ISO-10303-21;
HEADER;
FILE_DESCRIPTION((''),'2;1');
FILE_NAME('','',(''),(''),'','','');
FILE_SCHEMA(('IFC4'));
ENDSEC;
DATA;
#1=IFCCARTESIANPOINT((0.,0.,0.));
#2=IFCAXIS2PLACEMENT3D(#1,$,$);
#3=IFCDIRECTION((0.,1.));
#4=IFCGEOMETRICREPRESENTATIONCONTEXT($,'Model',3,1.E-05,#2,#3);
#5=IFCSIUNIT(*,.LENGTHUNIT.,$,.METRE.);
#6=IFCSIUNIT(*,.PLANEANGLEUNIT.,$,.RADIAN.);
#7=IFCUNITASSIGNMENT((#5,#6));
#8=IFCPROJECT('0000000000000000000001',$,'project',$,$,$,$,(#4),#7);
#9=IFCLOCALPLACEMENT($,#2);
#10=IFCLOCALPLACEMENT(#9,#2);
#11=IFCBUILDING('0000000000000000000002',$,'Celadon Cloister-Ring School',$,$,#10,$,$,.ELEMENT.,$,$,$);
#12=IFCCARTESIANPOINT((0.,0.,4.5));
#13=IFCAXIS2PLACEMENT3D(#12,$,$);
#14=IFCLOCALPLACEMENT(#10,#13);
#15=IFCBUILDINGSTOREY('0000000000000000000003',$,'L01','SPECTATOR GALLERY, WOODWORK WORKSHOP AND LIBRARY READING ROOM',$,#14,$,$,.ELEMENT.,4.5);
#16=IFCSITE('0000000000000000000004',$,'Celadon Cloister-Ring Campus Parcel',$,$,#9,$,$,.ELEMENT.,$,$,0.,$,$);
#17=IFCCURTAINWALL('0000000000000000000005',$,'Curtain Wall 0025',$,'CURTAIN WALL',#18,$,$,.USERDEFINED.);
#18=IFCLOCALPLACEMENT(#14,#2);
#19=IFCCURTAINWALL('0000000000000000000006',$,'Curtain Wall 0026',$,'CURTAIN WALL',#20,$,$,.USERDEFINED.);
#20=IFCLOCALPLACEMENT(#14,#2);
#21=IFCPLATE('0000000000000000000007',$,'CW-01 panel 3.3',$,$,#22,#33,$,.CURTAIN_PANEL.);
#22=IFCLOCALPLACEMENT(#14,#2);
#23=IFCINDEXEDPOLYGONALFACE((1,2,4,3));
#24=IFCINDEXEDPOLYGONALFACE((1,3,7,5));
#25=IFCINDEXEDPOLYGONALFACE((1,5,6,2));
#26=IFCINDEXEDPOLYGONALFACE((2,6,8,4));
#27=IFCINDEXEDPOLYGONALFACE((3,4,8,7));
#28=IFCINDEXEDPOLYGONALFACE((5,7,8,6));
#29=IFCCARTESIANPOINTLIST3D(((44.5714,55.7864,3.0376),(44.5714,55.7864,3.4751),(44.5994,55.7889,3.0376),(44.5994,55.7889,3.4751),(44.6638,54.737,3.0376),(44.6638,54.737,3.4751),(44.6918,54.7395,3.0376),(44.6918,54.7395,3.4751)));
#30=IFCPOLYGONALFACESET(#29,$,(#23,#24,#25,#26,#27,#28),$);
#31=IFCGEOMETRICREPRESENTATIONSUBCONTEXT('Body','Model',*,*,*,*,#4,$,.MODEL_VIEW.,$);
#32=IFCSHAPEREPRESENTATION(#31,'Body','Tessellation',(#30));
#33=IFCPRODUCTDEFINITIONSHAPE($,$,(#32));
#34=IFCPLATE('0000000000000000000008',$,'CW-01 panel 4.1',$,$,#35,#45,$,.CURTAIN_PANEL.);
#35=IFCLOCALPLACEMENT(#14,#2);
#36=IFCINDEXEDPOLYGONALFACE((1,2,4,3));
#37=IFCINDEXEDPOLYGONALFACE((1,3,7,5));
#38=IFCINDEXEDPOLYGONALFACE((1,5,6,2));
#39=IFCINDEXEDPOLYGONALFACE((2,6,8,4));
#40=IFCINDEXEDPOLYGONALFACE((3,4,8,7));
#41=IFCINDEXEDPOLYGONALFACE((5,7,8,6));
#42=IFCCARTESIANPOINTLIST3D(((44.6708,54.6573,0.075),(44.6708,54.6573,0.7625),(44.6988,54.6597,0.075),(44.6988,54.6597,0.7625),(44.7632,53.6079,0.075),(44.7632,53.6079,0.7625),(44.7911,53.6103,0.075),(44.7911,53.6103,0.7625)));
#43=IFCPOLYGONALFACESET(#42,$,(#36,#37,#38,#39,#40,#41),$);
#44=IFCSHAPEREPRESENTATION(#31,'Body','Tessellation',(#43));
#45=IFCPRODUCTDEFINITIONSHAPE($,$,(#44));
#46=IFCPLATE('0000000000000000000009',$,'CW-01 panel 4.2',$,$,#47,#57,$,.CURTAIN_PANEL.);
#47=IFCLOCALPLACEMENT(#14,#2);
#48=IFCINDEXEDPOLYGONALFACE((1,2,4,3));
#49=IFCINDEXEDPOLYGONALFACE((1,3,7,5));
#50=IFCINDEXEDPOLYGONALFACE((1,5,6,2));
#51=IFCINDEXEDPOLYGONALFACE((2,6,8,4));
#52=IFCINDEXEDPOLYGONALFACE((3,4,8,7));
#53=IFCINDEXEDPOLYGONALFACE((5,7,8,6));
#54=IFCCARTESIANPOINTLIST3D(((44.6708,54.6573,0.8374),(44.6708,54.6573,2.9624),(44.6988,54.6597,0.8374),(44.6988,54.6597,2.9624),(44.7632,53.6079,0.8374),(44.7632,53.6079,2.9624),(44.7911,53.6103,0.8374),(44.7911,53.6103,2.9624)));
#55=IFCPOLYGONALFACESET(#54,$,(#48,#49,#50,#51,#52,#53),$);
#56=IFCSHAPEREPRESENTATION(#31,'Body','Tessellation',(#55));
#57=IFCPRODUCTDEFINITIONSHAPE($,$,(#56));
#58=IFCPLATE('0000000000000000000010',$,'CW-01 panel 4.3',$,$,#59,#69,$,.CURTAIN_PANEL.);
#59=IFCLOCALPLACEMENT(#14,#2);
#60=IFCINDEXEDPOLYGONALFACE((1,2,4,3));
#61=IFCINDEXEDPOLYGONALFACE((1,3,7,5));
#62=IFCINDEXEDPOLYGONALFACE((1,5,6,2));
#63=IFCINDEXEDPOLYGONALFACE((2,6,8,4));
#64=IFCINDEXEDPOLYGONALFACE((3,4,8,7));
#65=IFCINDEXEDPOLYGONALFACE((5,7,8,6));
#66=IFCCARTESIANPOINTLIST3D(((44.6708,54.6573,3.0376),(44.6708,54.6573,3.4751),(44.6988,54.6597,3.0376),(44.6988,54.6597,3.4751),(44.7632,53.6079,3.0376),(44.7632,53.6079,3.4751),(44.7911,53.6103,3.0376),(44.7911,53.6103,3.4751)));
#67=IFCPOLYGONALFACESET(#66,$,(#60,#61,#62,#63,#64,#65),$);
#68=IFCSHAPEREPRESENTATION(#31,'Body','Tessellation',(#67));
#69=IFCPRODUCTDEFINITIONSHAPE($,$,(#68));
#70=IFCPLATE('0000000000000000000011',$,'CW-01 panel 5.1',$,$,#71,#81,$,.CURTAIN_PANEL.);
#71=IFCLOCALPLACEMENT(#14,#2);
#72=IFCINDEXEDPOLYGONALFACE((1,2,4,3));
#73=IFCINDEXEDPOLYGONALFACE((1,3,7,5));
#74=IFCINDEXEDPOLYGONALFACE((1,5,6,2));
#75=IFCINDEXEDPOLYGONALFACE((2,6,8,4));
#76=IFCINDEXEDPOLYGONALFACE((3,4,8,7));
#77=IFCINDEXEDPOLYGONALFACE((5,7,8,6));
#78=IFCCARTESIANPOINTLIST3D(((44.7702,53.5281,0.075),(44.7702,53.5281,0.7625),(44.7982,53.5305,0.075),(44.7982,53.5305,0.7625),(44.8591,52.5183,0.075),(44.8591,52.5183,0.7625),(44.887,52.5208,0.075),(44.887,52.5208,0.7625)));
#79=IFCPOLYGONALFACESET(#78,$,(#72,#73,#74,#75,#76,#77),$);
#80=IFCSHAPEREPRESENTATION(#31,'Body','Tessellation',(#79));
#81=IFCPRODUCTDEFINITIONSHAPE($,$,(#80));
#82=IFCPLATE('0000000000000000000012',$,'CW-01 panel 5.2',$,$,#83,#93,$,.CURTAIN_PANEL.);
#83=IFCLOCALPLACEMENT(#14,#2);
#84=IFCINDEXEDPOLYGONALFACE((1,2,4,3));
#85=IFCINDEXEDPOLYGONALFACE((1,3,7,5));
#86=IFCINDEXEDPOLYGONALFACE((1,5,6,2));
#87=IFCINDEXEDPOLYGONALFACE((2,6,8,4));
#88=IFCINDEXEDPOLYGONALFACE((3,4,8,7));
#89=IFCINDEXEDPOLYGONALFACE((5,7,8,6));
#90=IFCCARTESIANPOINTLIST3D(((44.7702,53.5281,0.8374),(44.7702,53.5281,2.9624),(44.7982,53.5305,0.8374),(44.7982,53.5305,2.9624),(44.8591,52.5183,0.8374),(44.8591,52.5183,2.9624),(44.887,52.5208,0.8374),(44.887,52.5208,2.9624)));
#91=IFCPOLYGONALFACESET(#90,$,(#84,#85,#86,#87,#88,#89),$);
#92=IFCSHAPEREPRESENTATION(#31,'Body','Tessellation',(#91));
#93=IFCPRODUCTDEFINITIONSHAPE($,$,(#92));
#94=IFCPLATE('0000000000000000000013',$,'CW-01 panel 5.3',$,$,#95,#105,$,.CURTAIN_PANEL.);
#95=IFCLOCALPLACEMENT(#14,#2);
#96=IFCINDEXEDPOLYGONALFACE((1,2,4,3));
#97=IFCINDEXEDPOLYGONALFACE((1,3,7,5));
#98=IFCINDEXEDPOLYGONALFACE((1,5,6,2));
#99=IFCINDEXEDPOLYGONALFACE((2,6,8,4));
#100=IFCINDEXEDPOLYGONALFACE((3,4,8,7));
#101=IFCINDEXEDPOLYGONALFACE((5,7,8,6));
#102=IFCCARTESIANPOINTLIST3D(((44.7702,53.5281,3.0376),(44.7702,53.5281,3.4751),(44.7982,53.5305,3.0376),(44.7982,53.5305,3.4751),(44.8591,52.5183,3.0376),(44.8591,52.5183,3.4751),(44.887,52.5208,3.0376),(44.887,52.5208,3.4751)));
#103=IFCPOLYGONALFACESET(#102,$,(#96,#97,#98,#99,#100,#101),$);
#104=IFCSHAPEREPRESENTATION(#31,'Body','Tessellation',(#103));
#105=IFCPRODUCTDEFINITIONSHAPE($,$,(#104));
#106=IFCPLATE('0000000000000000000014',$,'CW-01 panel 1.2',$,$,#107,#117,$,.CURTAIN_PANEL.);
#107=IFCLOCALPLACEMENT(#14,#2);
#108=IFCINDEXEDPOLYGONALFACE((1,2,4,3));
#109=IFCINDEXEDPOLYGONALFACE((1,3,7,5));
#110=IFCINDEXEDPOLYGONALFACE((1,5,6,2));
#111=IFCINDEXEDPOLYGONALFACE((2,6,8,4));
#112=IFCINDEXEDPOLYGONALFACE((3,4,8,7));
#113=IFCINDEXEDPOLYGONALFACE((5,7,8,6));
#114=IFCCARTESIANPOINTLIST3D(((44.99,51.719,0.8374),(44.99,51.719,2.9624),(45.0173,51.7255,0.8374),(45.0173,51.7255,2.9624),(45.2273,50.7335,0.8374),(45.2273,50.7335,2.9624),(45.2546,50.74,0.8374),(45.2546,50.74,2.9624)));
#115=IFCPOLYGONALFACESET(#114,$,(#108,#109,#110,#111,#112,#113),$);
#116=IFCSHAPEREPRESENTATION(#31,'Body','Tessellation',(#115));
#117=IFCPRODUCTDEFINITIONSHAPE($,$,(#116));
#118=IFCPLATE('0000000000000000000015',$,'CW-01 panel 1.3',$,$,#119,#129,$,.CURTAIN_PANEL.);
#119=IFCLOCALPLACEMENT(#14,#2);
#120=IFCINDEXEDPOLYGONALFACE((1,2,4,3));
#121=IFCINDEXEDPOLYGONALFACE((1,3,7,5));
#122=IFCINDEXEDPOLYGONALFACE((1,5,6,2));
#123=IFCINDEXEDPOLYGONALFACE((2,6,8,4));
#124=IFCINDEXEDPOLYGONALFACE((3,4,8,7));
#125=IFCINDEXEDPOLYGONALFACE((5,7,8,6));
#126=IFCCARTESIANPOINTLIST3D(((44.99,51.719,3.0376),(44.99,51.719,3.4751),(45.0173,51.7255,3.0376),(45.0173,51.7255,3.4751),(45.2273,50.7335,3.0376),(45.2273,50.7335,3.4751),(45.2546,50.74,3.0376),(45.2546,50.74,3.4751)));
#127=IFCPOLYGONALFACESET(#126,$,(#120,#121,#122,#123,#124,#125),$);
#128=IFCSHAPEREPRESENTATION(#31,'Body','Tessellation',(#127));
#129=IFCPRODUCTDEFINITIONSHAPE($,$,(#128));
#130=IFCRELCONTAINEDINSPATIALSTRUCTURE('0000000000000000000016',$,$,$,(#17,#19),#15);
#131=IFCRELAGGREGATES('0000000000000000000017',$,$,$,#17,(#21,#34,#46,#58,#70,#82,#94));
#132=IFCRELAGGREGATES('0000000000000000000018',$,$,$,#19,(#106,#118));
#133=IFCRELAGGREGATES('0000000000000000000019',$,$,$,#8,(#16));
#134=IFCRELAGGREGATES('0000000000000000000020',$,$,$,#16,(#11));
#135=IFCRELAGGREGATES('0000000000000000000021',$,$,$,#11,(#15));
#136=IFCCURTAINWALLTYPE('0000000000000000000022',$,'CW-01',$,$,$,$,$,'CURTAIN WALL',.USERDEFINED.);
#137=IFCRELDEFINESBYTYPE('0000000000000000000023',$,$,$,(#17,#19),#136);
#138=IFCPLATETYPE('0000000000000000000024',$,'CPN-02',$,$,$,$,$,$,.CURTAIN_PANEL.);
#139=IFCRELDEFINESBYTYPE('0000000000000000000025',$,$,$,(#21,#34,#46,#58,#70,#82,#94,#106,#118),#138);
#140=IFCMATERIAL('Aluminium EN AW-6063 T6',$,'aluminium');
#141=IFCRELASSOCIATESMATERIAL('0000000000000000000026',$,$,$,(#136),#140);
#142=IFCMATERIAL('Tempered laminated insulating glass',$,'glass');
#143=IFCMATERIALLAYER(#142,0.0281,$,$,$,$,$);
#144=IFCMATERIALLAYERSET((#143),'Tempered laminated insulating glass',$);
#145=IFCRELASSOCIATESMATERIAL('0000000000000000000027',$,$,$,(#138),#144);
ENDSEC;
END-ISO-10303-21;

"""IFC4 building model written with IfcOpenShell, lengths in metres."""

from ifc_helpers import new_model, si_unit, direction, frame, origin, origin_2d, place, context, subcontext, project, spatial, rectangle, extrude, material, layer, layer_set, type_object, element, aggregate, save


model = new_model("IFC4")

# Units and contexts
model_context = context("Model", 3, precision=1e-05, world=origin(), true_north=direction((0.0, 1.0)))
body_context = subcontext(model_context, "Body", "Model", "MODEL_VIEW")
ifc_project = project(units=[si_unit("LENGTHUNIT", "METRE"), si_unit("PLANEANGLEUNIT", "RADIAN")], contexts=[model_context])

# Site, building, storey
site_placement = place(None, origin())
site = spatial("IfcSite", under=ifc_project, at=site_placement, Name="Celadon Cloister-Ring Campus Parcel", CompositionType="ELEMENT", RefElevation=0.0)
building_placement = place(site_placement, origin())
building = spatial("IfcBuilding", under=site, at=building_placement, Name="Celadon Cloister-Ring School", CompositionType="ELEMENT")
storey_placement = place(building_placement, frame((0.0, 0.0, 4.5)))
storey = spatial("IfcBuildingStorey", under=building, at=storey_placement, Name="L01", Description="SPECTATOR GALLERY, WOODWORK WORKSHOP AND LIBRARY READING ROOM", CompositionType="ELEMENT", Elevation=4.5)

# Curtain wall
ifc_material_1 = material(Name="Aluminium EN AW-6063 T6", Category="aluminium")
curtain_wall_type = type_object("IfcCurtainWallType", Name="CW-01", ElementType="CURTAIN WALL", PredefinedType="USERDEFINED", material=ifc_material_1)
curtain_wall_1_placement = place(storey_placement, origin())
curtain_wall_1 = element("IfcCurtainWall", 1, at=curtain_wall_1_placement, inside=storey, type_object=curtain_wall_type, Name="Curtain Wall 0025", ObjectType="CURTAIN WALL", PredefinedType="USERDEFINED")

# Curtain wall
curtain_wall_2_placement = place(storey_placement, origin())
curtain_wall_2 = element("IfcCurtainWall", 2, at=curtain_wall_2_placement, inside=storey, type_object=curtain_wall_type, Name="Curtain Wall 0026", ObjectType="CURTAIN WALL", PredefinedType="USERDEFINED")

# Plates
ifc_material_2 = material(Name="Tempered laminated insulating glass", Category="glass")
ifc_layer = layer(ifc_material_2, 0.0281)
ifc_layer_set = layer_set([ifc_layer], Name="Tempered laminated insulating glass")
plate_type = type_object("IfcPlateType", Name="CPN-02", PredefinedType="CURTAIN_PANEL", material=ifc_layer_set)
plate_1_placement = place(storey_placement, frame((44.6316, 55.2629, 3.0376), z_axis=(0.0, 0.0, 1.0), x_axis=(0.087688, -0.996148, 0.0)))
plate_1 = element("IfcPlate", 3, at=plate_1_placement, type_object=plate_type, Name="CW-01 panel 3.3", PredefinedType="CURTAIN_PANEL", context=body_context, shape_type="SweptSolid", body=[
    extrude(rectangle(XDim=1.0535, YDim=0.0281, at=origin_2d()), origin(), (0.0, 0.0, 1.0), 0.4375),
])
plate_2_placement = place(storey_placement, frame((44.731, 54.1338, 0.075), z_axis=(0.0, 0.0, 1.0), x_axis=(0.087688, -0.996148, 0.0)))
plate_2 = element("IfcPlate", 4, at=plate_2_placement, type_object=plate_type, Name="CW-01 panel 4.1", PredefinedType="CURTAIN_PANEL", context=body_context, shape_type="SweptSolid", body=[
    extrude(rectangle(XDim=1.0535, YDim=0.0281, at=origin_2d()), origin(), (0.0, 0.0, 1.0), 0.6875),
])
plate_3_placement = place(storey_placement, frame((44.731, 54.1338, 0.8374), z_axis=(0.0, 0.0, 1.0), x_axis=(0.087688, -0.996148, 0.0)))
plate_3 = element("IfcPlate", 5, at=plate_3_placement, type_object=plate_type, Name="CW-01 panel 4.2", PredefinedType="CURTAIN_PANEL", context=body_context, shape_type="SweptSolid", body=[
    extrude(rectangle(XDim=1.0535, YDim=0.0281, at=origin_2d()), origin(), (0.0, 0.0, 1.0), 2.125),
])
plate_4_placement = place(storey_placement, frame((44.731, 54.1338, 3.0376), z_axis=(0.0, 0.0, 1.0), x_axis=(0.087688, -0.996148, 0.0)))
plate_4 = element("IfcPlate", 6, at=plate_4_placement, type_object=plate_type, Name="CW-01 panel 4.3", PredefinedType="CURTAIN_PANEL", context=body_context, shape_type="SweptSolid", body=[
    extrude(rectangle(XDim=1.0535, YDim=0.0281, at=origin_2d()), origin(), (0.0, 0.0, 1.0), 0.4375),
])
plate_5_placement = place(storey_placement, frame((44.8286, 53.0244, 0.075), z_axis=(0.0, 0.0, 1.0), x_axis=(0.087688, -0.996148, 0.0)))
plate_5 = element("IfcPlate", 7, at=plate_5_placement, type_object=plate_type, Name="CW-01 panel 5.1", PredefinedType="CURTAIN_PANEL", context=body_context, shape_type="SweptSolid", body=[
    extrude(rectangle(XDim=1.0137, YDim=0.0281, at=origin_2d()), origin(), (0.0, 0.0, 1.0), 0.6875),
])
plate_6_placement = place(storey_placement, frame((44.8286, 53.0244, 0.8374), z_axis=(0.0, 0.0, 1.0), x_axis=(0.087688, -0.996148, 0.0)))
plate_6 = element("IfcPlate", 8, at=plate_6_placement, type_object=plate_type, Name="CW-01 panel 5.2", PredefinedType="CURTAIN_PANEL", context=body_context, shape_type="SweptSolid", body=[
    extrude(rectangle(XDim=1.0137, YDim=0.0281, at=origin_2d()), origin(), (0.0, 0.0, 1.0), 2.125),
])
plate_7_placement = place(storey_placement, frame((44.8286, 53.0244, 3.0376), z_axis=(0.0, 0.0, 1.0), x_axis=(0.087688, -0.996148, 0.0)))
plate_7 = element("IfcPlate", 9, at=plate_7_placement, type_object=plate_type, Name="CW-01 panel 5.3", PredefinedType="CURTAIN_PANEL", context=body_context, shape_type="SweptSolid", body=[
    extrude(rectangle(XDim=1.0137, YDim=0.0281, at=origin_2d()), origin(), (0.0, 0.0, 1.0), 0.4375),
])
aggregate(curtain_wall_1, [plate_1, plate_2, plate_3, plate_4, plate_5, plate_6, plate_7])
plate_8_placement = place(storey_placement, frame((45.1223, 51.2295, 0.8374), z_axis=(0.0, 0.0, 1.0), x_axis=(0.2341, -0.972212, 0.0)))
plate_8 = element("IfcPlate", 10, at=plate_8_placement, type_object=plate_type, Name="CW-01 panel 1.2", PredefinedType="CURTAIN_PANEL", context=body_context, shape_type="SweptSolid", body=[
    extrude(rectangle(XDim=1.0137, YDim=0.0281, at=origin_2d()), origin(), (0.0, 0.0, 1.0), 2.125),
])
plate_9_placement = place(storey_placement, frame((45.1223, 51.2295, 3.0376), z_axis=(0.0, 0.0, 1.0), x_axis=(0.2341, -0.972212, 0.0)))
plate_9 = element("IfcPlate", 11, at=plate_9_placement, type_object=plate_type, Name="CW-01 panel 1.3", PredefinedType="CURTAIN_PANEL", context=body_context, shape_type="SweptSolid", body=[
    extrude(rectangle(XDim=1.0137, YDim=0.0281, at=origin_2d()), origin(), (0.0, 0.0, 1.0), 0.4375),
])
aggregate(curtain_wall_2, [plate_8, plate_9])

save(model, "model.ifc")
